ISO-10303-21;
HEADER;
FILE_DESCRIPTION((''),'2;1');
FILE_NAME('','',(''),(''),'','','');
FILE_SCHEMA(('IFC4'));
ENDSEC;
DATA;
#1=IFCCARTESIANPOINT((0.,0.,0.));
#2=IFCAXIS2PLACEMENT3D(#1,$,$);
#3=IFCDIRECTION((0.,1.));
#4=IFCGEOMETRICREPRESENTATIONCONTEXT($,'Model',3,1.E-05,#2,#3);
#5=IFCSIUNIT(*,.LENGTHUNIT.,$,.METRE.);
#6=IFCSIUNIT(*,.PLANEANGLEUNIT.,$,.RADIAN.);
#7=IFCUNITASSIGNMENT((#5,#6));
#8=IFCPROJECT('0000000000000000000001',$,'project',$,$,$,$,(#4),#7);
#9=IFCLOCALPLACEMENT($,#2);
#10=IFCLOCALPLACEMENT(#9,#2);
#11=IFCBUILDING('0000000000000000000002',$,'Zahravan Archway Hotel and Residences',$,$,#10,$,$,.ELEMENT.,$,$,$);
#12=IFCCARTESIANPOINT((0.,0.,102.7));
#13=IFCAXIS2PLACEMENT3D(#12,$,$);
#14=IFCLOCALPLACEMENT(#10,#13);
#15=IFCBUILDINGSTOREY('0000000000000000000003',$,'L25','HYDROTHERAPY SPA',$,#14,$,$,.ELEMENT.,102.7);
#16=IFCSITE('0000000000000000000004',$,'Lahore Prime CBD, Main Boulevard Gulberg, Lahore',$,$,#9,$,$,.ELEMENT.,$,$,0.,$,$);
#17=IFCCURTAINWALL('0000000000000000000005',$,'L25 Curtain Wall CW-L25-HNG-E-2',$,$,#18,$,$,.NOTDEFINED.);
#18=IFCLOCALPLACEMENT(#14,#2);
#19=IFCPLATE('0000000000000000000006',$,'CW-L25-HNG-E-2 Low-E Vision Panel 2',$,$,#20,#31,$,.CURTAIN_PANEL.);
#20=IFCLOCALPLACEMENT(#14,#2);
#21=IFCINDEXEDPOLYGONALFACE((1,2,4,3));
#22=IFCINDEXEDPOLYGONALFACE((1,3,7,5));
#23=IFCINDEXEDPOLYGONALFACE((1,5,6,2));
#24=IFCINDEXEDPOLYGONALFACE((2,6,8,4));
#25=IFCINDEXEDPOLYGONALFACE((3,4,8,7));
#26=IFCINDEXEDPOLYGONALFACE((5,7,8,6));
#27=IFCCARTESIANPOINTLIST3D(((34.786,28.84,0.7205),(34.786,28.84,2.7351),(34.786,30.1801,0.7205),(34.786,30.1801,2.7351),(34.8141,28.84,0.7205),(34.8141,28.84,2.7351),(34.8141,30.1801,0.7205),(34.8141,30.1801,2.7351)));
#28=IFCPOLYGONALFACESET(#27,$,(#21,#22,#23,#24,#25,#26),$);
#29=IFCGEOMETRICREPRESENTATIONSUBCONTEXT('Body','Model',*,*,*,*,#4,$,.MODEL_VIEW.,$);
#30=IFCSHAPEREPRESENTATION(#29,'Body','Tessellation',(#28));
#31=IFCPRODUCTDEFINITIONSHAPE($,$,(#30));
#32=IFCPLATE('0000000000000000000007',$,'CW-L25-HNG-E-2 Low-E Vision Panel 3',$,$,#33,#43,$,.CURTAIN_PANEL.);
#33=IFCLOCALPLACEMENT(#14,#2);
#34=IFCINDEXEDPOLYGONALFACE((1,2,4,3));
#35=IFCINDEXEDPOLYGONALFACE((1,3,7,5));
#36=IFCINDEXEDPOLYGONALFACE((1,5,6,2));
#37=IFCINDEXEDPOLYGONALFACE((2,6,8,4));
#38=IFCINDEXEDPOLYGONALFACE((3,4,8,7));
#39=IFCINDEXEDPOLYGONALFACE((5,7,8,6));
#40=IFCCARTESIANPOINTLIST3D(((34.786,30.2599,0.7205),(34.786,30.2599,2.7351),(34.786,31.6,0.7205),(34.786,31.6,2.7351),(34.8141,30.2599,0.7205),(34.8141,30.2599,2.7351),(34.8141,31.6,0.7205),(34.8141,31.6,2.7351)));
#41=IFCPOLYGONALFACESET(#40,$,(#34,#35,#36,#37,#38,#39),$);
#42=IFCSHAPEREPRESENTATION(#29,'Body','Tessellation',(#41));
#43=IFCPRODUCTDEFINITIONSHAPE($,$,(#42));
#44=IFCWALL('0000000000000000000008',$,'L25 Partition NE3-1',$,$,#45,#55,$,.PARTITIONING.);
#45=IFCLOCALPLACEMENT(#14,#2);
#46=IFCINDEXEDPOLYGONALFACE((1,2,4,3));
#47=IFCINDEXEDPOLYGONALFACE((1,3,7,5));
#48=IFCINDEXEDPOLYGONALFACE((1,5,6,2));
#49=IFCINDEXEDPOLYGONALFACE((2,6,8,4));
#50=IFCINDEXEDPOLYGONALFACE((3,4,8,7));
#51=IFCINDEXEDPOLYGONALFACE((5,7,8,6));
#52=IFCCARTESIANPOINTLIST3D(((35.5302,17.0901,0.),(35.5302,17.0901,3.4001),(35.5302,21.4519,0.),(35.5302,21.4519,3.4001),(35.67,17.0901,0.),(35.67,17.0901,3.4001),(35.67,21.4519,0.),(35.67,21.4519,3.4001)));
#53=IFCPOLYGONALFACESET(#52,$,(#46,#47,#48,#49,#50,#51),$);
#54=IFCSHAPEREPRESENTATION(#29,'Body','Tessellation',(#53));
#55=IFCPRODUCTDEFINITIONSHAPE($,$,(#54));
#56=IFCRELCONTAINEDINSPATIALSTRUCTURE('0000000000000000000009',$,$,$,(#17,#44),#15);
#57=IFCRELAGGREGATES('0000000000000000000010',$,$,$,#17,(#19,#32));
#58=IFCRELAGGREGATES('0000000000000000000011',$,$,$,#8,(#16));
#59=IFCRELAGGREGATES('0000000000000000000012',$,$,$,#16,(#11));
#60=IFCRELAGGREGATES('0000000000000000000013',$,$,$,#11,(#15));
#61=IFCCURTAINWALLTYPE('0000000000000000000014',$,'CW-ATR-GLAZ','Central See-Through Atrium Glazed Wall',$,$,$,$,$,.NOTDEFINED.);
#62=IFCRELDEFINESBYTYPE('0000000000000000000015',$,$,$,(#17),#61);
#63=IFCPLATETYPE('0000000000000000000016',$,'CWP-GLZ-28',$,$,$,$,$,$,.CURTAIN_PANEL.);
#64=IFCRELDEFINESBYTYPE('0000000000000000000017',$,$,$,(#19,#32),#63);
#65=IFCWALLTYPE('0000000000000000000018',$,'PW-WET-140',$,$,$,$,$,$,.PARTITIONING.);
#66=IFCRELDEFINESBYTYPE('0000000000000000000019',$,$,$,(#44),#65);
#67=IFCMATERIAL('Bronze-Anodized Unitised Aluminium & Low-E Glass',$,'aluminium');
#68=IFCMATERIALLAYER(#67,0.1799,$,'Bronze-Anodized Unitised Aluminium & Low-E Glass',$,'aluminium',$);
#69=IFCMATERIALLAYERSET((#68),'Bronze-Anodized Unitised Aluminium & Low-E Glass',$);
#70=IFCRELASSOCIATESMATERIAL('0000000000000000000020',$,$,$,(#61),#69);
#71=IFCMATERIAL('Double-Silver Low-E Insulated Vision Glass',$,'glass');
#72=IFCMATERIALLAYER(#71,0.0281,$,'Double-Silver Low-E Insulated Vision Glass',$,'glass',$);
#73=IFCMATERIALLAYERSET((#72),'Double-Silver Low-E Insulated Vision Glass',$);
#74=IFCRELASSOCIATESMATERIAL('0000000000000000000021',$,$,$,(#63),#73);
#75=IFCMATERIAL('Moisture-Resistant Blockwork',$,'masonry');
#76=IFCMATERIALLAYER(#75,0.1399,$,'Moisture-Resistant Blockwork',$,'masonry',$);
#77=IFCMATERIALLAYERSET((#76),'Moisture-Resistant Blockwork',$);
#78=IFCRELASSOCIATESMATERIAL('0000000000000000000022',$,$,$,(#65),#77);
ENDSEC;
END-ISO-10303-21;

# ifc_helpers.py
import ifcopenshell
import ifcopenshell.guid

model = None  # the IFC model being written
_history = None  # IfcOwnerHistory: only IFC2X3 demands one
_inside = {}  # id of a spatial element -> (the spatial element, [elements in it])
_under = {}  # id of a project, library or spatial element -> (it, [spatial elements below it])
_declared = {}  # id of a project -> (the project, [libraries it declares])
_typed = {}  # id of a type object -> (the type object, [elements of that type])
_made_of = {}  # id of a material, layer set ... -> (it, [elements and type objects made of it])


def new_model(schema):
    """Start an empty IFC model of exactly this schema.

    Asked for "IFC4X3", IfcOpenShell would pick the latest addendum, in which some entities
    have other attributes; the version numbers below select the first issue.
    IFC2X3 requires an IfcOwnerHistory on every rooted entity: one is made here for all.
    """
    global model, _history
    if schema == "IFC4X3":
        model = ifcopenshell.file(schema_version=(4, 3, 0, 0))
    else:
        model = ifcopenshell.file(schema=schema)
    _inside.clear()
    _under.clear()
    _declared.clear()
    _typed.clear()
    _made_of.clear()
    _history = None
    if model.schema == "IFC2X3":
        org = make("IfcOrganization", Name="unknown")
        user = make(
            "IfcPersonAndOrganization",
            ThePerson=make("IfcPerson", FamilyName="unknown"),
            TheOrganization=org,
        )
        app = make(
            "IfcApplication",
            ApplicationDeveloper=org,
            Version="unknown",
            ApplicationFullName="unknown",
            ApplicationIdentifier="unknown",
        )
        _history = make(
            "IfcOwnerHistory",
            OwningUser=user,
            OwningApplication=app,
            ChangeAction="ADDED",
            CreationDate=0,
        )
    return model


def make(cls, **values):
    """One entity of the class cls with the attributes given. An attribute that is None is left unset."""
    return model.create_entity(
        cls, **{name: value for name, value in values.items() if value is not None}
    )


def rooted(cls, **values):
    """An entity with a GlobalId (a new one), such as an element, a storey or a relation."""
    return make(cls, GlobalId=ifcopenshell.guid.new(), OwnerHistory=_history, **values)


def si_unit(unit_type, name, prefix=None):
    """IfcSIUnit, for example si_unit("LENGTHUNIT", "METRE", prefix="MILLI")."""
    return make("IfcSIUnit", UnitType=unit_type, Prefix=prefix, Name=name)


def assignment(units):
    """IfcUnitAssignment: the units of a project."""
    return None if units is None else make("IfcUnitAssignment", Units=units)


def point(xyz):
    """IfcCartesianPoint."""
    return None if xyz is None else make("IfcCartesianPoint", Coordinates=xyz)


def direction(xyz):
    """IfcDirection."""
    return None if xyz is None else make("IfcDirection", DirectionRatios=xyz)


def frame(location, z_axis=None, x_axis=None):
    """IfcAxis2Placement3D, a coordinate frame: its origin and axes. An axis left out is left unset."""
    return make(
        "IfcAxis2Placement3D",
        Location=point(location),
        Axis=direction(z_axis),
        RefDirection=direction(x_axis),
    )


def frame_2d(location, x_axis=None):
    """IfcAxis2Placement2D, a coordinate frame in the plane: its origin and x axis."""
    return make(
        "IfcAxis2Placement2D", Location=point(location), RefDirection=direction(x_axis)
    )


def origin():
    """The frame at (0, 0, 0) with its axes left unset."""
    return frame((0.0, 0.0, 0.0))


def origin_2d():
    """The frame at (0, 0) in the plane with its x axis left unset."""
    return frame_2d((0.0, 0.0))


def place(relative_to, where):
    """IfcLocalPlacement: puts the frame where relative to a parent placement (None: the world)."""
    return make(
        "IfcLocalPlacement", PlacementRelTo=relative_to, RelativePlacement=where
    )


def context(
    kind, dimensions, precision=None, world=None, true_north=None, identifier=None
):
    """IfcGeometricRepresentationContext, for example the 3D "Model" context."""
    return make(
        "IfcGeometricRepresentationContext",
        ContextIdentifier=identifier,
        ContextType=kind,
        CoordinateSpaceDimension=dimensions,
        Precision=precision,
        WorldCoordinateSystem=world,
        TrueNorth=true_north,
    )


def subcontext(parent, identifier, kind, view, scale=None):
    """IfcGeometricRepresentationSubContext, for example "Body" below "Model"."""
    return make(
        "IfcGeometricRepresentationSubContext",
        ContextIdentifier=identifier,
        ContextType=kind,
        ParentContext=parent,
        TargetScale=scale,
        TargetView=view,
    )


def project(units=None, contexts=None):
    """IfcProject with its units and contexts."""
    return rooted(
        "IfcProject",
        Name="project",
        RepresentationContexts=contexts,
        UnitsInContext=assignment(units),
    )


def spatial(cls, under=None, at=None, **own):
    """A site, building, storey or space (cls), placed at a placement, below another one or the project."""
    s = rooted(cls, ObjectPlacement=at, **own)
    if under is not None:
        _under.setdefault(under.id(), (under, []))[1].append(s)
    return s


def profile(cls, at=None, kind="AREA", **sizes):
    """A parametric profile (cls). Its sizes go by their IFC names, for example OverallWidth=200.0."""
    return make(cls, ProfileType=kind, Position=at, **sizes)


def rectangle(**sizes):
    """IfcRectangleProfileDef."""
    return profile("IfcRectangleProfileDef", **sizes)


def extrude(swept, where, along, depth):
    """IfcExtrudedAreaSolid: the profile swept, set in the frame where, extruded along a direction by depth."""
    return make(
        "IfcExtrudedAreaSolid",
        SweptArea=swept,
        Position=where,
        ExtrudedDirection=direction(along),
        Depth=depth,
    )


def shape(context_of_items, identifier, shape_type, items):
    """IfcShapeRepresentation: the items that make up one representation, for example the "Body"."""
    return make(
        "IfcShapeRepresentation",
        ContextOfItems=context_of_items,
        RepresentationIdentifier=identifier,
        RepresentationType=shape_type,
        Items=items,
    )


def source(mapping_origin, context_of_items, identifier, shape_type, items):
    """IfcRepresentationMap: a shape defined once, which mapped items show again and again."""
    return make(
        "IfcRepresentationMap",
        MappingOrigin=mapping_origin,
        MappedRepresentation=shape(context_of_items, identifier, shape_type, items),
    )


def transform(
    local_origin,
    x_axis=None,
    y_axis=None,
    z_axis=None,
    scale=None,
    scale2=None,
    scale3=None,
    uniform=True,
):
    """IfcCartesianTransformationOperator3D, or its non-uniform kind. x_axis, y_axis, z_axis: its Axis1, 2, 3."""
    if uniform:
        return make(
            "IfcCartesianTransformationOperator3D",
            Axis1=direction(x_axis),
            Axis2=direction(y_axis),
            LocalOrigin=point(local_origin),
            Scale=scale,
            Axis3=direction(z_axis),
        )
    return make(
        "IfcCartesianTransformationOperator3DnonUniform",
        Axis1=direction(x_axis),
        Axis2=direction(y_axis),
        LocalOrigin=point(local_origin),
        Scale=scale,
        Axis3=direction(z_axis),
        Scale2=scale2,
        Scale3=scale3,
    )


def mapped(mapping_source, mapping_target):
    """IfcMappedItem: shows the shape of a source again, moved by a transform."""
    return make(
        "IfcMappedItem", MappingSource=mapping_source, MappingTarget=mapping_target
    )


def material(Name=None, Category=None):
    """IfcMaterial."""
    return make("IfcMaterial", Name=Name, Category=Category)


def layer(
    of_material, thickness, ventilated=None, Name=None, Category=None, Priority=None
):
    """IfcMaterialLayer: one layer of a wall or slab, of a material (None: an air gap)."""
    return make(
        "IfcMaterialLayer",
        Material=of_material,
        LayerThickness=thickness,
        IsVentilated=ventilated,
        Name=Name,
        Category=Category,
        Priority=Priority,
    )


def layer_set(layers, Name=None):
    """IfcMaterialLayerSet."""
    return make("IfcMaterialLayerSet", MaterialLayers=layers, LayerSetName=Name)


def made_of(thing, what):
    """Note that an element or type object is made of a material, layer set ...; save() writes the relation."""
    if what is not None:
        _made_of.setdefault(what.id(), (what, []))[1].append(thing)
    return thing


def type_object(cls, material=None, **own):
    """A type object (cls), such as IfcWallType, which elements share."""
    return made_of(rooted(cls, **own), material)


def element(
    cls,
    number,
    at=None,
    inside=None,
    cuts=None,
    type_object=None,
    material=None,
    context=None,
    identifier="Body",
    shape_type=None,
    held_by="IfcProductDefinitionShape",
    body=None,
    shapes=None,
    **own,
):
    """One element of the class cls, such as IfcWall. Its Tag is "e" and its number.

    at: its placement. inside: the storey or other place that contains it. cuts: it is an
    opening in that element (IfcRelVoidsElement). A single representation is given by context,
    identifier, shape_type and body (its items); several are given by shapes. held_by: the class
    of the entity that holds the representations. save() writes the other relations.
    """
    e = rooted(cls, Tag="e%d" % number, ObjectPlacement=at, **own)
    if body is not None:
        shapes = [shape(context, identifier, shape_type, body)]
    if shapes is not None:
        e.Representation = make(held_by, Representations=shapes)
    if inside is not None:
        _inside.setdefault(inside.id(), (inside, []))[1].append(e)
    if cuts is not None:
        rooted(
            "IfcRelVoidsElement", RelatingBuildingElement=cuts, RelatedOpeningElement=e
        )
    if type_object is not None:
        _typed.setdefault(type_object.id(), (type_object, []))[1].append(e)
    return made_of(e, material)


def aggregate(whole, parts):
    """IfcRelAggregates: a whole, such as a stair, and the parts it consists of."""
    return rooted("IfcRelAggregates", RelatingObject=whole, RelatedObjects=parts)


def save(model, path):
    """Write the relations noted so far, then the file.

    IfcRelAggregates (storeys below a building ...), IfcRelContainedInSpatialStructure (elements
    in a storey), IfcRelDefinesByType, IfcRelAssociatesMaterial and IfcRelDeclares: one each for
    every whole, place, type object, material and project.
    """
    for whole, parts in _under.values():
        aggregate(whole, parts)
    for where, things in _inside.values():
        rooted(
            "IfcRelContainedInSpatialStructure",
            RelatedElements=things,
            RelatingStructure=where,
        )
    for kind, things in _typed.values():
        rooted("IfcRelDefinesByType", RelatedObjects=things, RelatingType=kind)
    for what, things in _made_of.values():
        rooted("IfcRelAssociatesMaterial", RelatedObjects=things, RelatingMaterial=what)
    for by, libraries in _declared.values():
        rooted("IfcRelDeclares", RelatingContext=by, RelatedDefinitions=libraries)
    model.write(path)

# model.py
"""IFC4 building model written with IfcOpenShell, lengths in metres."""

from ifc_helpers import new_model, si_unit, direction, frame, frame_2d, origin, origin_2d, place, context, subcontext, project, spatial, rectangle, extrude, source, transform, mapped, material, layer, layer_set, type_object, element, aggregate, save


model = new_model("IFC4")

# Units and contexts
model_context = context("Model", 3, precision=1e-05, world=origin(), true_north=direction((0.0, 1.0)))
body_context = subcontext(model_context, "Body", "Model", "MODEL_VIEW")
ifc_project = project(units=[si_unit("LENGTHUNIT", "METRE"), si_unit("PLANEANGLEUNIT", "RADIAN")], contexts=[model_context])

# Site, building, storey
site_placement = place(None, origin())
site = spatial("IfcSite", under=ifc_project, at=site_placement, Name="Lahore Prime CBD, Main Boulevard Gulberg, Lahore", CompositionType="ELEMENT", RefElevation=0.0)
building_placement = place(site_placement, origin())
building = spatial("IfcBuilding", under=site, at=building_placement, Name="Zahravan Archway Hotel and Residences", CompositionType="ELEMENT")
storey_placement = place(building_placement, frame((0.0, 0.0, 102.7)))
storey = spatial("IfcBuildingStorey", under=building, at=storey_placement, Name="L25", Description="HYDROTHERAPY SPA", CompositionType="ELEMENT", Elevation=102.7)

# Curtain wall, plates
ifc_material_1 = material(Name="Bronze-Anodized Unitised Aluminium & Low-E Glass", Category="aluminium")
ifc_layer_1 = layer(ifc_material_1, 0.1799, Name="Bronze-Anodized Unitised Aluminium & Low-E Glass", Category="aluminium")
ifc_layer_set_1 = layer_set([ifc_layer_1], Name="Bronze-Anodized Unitised Aluminium & Low-E Glass")
curtain_wall_type = type_object("IfcCurtainWallType", Name="CW-ATR-GLAZ", Description="Central See-Through Atrium Glazed Wall", PredefinedType="NOTDEFINED", material=ifc_layer_set_1)
curtain_wall_placement = place(storey_placement, origin())
curtain_wall = element("IfcCurtainWall", 1, at=curtain_wall_placement, inside=storey, type_object=curtain_wall_type, Name="L25 Curtain Wall CW-L25-HNG-E-2", PredefinedType="NOTDEFINED")
ifc_material_2 = material(Name="Double-Silver Low-E Insulated Vision Glass", Category="glass")
ifc_layer_2 = layer(ifc_material_2, 0.0281, Name="Double-Silver Low-E Insulated Vision Glass", Category="glass")
ifc_layer_set_2 = layer_set([ifc_layer_2], Name="Double-Silver Low-E Insulated Vision Glass")
plate_type_1 = type_object("IfcPlateType", Name="CWP-GLZ-28", PredefinedType="CURTAIN_PANEL", material=ifc_layer_set_2)
shared_shape_1 = source(origin(), body_context, "Body", "SweptSolid", [
    extrude(rectangle(XDim=1.3401, YDim=0.0281, at=origin_2d()), origin(), (0.0, 0.0, 1.0), 2.0146),
])
plate_1_placement = place(storey_placement, frame((34.8, 29.51, 0.7205), z_axis=(0.0, 0.0, 1.0), x_axis=(0.0, 1.0, 0.0)))
plate_1 = element("IfcPlate", 2, at=plate_1_placement, type_object=plate_type_1, Name="CW-L25-HNG-E-2 Low-E Vision Panel 2", PredefinedType="CURTAIN_PANEL", context=body_context, shape_type="MappedRepresentation", body=[
    mapped(shared_shape_1, transform((0.0, 0.0, 0.0), scale=1.0)),
])
plate_2_placement = place(storey_placement, frame((34.8, 30.9299, 0.7205), z_axis=(0.0, 0.0, 1.0), x_axis=(0.0, 1.0, 0.0)))
plate_2 = element("IfcPlate", 3, at=plate_2_placement, type_object=plate_type_1, Name="CW-L25-HNG-E-2 Low-E Vision Panel 3", PredefinedType="CURTAIN_PANEL", context=body_context, shape_type="MappedRepresentation", body=[
    mapped(shared_shape_1, transform((0.0, 0.0, 0.0), scale=1.0)),
])
aggregate(curtain_wall, [plate_1, plate_2])

# Wall
ifc_material_3 = material(Name="Moisture-Resistant Blockwork", Category="masonry")
ifc_layer_3 = layer(ifc_material_3, 0.1399, Name="Moisture-Resistant Blockwork", Category="masonry")
ifc_layer_set_3 = layer_set([ifc_layer_3], Name="Moisture-Resistant Blockwork")
wall_type_1 = type_object("IfcWallType", Name="PW-WET-140", PredefinedType="PARTITIONING", material=ifc_layer_set_3)
wall_1_placement = place(storey_placement, frame((35.6001, 17.0901, 0.0), z_axis=(0.0, 0.0, 1.0), x_axis=(0.0, 1.0, 0.0)))
element("IfcWall", 4, at=wall_1_placement, inside=storey, type_object=wall_type_1, Name="L25 Partition NE3-1", PredefinedType="PARTITIONING", context=body_context, shape_type="SweptSolid", body=[
    extrude(rectangle(XDim=4.3618, YDim=0.1399, at=frame_2d((2.1809, 0.0))), origin(), (0.0, 0.0, 1.0), 3.4001),
])

save(model, "model.ifc")
